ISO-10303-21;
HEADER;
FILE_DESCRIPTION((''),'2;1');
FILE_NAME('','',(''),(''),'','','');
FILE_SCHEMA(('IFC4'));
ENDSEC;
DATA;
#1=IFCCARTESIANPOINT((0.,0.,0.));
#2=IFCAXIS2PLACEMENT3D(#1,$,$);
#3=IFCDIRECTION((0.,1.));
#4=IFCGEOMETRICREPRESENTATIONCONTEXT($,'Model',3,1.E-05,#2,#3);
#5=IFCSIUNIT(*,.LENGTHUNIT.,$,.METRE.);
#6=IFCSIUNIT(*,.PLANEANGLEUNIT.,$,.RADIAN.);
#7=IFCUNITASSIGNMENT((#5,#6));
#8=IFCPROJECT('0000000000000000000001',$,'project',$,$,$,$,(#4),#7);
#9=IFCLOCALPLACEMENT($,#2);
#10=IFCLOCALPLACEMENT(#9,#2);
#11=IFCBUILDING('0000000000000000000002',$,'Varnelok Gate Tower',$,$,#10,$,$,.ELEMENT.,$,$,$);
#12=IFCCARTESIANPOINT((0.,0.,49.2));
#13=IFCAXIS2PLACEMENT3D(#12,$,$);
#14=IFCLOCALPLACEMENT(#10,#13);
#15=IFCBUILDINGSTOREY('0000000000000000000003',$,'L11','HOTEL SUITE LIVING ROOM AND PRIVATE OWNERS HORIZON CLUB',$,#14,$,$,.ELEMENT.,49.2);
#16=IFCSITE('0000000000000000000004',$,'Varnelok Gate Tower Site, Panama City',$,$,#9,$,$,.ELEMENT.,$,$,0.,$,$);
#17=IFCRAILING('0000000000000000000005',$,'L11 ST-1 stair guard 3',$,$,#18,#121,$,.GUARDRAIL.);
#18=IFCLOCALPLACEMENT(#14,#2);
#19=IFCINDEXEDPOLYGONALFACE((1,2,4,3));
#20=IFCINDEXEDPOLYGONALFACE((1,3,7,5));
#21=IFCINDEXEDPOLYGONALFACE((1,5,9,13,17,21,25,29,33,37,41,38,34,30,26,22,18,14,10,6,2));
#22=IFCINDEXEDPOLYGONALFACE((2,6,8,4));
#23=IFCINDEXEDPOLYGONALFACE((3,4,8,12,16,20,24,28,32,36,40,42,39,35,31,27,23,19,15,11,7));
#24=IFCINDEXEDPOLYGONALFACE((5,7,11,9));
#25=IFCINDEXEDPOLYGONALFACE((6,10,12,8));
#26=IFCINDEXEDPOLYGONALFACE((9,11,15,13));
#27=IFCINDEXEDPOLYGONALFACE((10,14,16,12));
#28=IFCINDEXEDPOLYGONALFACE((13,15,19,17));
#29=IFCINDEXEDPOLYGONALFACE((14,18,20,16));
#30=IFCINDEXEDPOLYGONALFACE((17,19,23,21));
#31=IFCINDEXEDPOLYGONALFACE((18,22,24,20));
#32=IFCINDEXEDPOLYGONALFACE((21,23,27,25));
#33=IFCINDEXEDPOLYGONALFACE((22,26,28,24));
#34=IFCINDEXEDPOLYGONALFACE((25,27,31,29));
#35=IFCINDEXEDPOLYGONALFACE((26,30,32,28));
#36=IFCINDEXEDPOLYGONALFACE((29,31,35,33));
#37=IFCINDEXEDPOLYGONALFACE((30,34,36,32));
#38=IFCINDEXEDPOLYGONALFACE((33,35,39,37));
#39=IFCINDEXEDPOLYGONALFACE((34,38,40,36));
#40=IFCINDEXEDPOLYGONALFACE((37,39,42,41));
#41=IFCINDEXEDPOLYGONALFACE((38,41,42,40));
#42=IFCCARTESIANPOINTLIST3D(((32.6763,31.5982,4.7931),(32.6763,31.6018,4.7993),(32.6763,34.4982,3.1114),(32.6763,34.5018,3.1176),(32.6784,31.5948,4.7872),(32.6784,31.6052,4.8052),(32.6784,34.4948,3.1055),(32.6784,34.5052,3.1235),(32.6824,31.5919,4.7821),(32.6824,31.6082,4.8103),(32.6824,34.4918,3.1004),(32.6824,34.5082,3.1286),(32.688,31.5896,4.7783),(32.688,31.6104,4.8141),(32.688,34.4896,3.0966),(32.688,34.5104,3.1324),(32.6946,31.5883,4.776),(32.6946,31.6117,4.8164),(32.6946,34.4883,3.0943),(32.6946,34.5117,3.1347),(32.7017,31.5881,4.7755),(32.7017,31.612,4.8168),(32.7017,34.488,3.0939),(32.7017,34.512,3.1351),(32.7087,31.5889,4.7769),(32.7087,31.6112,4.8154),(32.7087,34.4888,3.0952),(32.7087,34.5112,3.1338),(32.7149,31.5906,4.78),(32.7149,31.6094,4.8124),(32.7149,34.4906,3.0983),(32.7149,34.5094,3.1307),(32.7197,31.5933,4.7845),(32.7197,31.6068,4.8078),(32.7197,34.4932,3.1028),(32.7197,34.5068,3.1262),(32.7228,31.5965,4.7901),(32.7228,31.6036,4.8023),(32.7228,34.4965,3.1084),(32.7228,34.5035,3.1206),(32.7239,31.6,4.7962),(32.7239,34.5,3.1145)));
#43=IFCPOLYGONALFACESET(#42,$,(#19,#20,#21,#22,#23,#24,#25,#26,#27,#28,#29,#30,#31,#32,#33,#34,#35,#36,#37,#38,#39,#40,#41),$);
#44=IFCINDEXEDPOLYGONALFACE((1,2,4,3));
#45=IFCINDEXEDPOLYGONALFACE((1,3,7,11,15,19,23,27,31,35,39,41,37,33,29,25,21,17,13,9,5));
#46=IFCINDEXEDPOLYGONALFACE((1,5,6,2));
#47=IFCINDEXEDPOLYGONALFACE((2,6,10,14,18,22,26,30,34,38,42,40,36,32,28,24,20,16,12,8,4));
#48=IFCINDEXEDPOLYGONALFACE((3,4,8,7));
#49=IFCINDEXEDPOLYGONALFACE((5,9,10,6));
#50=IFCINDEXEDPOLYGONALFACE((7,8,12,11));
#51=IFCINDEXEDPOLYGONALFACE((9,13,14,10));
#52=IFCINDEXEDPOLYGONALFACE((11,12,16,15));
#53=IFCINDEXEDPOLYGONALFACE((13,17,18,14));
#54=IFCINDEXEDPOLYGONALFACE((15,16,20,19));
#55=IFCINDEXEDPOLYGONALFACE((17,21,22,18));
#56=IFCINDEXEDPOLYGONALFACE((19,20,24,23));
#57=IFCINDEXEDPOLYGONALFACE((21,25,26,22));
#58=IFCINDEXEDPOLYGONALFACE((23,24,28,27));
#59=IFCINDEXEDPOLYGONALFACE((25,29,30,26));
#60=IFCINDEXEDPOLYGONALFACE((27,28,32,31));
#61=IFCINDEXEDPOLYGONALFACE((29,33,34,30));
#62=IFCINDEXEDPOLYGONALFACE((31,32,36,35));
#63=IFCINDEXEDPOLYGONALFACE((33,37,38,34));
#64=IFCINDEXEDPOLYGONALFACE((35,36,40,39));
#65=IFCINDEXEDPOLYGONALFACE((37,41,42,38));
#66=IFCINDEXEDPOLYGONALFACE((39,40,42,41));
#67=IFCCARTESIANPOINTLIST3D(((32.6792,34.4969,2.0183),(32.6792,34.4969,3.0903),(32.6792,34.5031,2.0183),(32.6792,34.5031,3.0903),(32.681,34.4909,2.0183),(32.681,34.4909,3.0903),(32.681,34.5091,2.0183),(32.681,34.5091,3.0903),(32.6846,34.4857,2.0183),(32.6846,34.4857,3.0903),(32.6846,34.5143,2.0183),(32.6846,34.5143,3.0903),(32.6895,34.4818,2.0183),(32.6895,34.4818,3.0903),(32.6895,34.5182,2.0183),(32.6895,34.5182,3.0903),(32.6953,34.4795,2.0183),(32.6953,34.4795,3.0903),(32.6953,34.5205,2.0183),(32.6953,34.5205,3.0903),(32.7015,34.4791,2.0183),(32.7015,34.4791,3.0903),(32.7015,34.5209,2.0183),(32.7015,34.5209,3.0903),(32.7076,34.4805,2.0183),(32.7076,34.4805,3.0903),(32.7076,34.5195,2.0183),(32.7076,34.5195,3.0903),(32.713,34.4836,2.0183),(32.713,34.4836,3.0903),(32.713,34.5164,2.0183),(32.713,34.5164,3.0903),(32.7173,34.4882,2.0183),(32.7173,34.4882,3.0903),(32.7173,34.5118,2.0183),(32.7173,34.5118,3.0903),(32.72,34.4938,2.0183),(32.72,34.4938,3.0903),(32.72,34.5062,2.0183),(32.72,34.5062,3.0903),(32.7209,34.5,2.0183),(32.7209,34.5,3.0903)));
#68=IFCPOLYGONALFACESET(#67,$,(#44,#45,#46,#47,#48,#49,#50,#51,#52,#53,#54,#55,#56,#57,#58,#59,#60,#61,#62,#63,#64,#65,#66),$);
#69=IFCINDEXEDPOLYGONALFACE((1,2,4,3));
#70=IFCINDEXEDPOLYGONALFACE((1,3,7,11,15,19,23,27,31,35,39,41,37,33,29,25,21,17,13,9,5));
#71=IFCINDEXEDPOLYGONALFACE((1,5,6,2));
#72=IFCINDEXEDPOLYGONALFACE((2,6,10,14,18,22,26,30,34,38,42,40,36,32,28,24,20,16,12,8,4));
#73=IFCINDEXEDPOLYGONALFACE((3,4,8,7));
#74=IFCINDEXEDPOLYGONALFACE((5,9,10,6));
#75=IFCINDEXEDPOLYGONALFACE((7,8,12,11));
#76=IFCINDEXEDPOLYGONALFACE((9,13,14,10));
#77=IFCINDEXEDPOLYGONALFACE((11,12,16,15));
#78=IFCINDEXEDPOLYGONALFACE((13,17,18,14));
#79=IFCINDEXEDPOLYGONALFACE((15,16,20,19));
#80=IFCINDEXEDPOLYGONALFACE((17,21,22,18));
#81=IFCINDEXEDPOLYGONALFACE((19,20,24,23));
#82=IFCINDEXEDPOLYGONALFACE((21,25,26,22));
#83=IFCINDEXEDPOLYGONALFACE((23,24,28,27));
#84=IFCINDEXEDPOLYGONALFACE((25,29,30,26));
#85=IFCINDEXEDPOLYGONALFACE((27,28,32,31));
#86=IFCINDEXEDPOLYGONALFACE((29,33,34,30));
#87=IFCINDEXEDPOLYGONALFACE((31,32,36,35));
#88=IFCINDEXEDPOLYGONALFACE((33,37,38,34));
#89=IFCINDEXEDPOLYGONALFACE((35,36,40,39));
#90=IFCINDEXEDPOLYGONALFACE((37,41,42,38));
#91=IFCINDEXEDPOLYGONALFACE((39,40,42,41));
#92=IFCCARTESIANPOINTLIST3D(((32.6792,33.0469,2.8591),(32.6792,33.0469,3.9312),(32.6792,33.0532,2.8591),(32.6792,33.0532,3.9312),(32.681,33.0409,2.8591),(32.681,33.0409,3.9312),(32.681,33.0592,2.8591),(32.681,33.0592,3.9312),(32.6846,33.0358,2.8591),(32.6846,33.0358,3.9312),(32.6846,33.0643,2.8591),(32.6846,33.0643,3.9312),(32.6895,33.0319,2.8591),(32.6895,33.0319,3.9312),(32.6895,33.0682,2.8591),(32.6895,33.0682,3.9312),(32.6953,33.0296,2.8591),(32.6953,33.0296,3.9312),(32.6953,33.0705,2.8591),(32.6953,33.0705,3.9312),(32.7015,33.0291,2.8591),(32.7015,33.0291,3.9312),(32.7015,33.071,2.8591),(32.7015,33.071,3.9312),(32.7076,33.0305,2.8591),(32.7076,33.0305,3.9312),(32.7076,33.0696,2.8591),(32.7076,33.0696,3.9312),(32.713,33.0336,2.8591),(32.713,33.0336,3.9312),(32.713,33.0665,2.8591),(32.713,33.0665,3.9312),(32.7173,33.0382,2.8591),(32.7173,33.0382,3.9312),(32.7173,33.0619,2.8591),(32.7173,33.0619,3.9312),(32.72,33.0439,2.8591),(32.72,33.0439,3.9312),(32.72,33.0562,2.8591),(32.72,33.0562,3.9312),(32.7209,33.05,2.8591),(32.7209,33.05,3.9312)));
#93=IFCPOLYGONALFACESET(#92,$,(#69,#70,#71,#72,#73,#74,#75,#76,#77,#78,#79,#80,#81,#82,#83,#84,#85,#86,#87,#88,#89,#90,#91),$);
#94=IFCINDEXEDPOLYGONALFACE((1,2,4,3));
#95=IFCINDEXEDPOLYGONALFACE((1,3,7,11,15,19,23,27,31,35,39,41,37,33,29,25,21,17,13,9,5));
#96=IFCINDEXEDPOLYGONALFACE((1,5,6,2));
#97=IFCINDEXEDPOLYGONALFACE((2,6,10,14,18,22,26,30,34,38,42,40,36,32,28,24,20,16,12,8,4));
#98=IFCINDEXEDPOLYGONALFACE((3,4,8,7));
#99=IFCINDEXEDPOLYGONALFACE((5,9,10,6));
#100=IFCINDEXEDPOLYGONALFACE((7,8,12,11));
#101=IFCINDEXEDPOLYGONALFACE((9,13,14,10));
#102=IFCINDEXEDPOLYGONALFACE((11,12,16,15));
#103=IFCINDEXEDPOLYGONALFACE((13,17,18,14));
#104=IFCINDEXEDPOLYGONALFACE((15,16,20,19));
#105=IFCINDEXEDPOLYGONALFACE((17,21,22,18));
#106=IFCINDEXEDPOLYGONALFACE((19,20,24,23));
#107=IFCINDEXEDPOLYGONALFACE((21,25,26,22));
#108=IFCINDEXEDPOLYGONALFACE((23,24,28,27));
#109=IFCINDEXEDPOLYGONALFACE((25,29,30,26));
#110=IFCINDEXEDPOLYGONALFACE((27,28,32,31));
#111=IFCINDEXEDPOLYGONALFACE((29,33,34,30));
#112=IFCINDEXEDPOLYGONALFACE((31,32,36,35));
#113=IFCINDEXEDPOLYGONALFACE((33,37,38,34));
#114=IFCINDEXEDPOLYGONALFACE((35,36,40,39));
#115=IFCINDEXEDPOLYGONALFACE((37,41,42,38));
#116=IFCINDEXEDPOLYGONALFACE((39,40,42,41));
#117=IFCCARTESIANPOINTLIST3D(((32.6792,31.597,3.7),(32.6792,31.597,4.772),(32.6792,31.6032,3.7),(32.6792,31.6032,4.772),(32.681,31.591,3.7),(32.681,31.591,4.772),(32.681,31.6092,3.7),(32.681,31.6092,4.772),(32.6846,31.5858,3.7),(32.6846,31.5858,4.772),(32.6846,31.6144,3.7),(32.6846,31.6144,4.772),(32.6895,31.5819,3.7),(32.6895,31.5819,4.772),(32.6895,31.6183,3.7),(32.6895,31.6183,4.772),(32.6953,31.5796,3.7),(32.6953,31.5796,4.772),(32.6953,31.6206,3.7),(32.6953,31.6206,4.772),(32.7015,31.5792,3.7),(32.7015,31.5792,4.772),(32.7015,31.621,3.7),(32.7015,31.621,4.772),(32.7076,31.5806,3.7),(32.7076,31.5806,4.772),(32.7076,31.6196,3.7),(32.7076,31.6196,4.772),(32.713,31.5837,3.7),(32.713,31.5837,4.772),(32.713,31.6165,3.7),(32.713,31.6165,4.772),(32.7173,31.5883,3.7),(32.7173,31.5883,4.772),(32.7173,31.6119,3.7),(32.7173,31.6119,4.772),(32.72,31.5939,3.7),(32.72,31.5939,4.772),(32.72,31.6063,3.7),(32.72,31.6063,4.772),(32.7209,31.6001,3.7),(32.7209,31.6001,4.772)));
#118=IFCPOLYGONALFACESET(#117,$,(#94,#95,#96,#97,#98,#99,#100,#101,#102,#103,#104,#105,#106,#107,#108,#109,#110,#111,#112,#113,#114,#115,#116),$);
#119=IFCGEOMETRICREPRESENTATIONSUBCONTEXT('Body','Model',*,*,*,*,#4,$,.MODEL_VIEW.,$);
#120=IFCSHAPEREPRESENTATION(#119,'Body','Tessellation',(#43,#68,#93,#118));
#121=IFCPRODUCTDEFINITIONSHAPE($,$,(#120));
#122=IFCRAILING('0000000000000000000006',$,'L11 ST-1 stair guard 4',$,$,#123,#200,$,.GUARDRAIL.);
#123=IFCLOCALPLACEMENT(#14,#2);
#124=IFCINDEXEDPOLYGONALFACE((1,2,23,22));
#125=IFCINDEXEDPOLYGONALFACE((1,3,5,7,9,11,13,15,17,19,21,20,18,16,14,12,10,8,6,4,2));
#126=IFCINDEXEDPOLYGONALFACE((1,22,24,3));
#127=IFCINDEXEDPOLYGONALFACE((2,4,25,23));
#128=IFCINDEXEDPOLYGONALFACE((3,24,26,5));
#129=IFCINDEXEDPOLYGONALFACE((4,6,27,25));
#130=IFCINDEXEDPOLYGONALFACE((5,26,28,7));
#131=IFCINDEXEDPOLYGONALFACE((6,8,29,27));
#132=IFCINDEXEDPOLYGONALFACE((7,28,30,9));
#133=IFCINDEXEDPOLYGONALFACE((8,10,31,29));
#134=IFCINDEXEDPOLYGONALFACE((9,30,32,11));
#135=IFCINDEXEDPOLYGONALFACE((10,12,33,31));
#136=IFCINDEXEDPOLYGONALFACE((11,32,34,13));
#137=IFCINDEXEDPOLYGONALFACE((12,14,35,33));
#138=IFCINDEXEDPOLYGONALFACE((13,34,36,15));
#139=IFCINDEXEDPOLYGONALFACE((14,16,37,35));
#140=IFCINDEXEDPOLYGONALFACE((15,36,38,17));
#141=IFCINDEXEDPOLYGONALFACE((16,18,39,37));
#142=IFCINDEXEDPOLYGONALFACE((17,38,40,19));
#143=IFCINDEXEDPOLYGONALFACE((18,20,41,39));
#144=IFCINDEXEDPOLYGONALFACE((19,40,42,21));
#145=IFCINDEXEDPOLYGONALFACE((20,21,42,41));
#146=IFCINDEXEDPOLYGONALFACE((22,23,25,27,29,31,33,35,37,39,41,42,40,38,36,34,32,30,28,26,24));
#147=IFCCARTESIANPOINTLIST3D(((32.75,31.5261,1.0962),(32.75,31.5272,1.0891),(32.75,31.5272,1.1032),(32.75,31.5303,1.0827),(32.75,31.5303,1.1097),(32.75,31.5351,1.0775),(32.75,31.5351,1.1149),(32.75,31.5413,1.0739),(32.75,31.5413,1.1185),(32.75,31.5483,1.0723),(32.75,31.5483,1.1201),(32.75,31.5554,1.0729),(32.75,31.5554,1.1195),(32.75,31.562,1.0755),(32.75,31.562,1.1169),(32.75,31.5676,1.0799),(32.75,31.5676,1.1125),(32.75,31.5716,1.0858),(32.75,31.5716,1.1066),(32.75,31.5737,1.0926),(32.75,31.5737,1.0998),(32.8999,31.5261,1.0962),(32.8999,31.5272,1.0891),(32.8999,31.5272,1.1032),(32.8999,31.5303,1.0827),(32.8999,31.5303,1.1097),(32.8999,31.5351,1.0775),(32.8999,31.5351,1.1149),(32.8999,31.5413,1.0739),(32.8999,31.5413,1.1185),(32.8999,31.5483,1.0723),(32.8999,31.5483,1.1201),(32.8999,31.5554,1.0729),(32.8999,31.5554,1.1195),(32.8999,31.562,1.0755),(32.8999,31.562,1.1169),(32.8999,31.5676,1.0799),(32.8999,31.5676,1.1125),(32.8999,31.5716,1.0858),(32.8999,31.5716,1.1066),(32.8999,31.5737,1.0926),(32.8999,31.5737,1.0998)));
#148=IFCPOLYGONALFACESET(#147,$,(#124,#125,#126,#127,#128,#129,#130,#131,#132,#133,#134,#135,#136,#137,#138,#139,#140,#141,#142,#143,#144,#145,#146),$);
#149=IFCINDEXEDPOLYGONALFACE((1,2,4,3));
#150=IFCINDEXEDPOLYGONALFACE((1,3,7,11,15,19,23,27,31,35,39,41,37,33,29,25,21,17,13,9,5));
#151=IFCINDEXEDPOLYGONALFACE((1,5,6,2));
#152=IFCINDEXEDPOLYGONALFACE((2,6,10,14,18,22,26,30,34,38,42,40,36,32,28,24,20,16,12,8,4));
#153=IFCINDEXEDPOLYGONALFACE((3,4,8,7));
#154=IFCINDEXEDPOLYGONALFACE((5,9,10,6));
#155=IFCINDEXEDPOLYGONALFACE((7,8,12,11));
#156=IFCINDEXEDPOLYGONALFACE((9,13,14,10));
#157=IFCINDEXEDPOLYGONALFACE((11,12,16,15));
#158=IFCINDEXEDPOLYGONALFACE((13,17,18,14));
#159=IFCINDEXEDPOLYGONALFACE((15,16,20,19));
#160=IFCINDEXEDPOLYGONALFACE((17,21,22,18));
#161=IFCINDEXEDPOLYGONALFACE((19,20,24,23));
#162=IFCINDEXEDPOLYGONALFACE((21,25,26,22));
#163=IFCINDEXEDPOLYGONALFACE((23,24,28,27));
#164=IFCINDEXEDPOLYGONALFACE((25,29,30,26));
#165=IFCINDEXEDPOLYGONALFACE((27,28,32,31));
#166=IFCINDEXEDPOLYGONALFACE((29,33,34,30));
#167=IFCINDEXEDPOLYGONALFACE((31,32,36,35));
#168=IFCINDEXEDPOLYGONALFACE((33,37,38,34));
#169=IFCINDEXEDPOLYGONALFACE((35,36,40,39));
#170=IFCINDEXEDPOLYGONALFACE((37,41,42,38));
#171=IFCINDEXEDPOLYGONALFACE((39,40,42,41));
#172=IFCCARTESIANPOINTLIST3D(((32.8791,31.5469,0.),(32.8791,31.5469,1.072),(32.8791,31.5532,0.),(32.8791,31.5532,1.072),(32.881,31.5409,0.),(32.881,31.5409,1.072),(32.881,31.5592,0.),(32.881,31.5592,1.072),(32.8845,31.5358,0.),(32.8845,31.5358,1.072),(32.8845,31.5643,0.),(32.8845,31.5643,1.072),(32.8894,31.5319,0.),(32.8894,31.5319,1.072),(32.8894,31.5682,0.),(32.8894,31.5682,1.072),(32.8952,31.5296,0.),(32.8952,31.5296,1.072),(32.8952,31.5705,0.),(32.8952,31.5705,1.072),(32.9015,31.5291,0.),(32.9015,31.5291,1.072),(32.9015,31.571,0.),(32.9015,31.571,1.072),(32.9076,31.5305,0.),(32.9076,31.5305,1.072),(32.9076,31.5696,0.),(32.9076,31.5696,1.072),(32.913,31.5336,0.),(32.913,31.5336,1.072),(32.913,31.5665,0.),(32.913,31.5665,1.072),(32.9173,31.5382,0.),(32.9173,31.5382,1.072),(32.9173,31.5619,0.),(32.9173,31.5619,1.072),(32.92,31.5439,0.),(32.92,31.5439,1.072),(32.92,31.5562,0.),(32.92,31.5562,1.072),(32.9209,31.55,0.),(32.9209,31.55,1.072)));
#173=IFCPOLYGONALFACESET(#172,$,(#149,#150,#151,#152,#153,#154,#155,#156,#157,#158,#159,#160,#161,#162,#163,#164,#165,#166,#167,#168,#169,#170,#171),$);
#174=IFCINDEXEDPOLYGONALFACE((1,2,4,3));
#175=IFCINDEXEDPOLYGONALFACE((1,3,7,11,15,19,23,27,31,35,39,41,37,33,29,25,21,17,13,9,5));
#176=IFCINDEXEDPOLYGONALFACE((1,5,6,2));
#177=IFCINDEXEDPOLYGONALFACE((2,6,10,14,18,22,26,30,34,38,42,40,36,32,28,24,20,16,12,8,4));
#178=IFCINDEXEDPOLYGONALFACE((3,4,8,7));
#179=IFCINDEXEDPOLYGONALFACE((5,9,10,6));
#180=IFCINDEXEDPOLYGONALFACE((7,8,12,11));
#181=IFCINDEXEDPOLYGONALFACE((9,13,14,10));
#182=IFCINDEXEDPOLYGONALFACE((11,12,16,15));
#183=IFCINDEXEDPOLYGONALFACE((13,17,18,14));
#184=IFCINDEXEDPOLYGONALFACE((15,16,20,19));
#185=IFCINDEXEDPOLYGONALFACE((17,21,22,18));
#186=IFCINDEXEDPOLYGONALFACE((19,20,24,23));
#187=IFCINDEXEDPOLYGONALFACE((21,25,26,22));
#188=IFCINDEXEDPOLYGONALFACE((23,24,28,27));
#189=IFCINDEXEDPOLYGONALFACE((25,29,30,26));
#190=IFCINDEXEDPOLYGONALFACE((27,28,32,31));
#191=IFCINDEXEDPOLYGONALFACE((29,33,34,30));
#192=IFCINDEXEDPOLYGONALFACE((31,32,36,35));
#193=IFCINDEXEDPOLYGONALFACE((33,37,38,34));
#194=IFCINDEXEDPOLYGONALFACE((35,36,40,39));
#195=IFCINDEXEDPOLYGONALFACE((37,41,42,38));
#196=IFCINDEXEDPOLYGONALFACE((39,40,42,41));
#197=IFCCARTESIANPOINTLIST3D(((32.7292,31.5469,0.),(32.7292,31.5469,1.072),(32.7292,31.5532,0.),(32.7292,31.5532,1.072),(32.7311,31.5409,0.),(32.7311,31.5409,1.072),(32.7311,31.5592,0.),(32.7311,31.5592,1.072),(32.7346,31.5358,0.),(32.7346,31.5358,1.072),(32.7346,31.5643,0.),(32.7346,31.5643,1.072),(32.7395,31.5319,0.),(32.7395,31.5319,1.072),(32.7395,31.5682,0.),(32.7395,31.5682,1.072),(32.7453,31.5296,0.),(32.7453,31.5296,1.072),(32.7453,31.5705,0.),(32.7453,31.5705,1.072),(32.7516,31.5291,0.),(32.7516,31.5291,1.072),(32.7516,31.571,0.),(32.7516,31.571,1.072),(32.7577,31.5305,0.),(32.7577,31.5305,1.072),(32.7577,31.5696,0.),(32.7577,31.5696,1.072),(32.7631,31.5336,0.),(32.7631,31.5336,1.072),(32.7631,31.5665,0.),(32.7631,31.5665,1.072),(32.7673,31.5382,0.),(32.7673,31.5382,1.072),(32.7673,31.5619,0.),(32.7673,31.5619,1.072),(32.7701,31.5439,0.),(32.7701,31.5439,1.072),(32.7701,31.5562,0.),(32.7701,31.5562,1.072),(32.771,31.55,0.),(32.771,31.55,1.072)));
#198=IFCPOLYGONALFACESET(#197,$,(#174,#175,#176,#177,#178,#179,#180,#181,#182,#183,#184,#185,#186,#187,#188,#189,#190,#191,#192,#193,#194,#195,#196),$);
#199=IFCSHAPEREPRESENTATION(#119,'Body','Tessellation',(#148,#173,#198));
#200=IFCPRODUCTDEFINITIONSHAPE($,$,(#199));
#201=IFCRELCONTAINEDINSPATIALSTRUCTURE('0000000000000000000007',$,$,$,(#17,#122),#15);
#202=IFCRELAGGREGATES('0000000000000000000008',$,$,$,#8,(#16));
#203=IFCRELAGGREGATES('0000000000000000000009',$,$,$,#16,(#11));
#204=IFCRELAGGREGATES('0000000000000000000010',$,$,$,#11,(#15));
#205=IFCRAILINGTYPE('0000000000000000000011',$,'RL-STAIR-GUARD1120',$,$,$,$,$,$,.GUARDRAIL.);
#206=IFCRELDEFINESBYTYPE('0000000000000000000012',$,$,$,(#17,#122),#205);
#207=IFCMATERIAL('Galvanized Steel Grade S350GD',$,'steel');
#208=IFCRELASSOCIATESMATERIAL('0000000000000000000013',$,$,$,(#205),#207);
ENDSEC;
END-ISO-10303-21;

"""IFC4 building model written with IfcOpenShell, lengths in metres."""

from ifc_helpers import new_model, si_unit, direction, frame, origin, origin_2d, place, context, subcontext, project, spatial, circle, extrude, material, type_object, element, save


model = new_model("IFC4")

# Units and contexts
model_context = context("Model", 3, precision=1e-05, world=origin(), true_north=direction((0.0, 1.0)))
body_context = subcontext(model_context, "Body", "Model", "MODEL_VIEW")
ifc_project = project(units=[si_unit("LENGTHUNIT", "METRE"), si_unit("PLANEANGLEUNIT", "RADIAN")], contexts=[model_context])

# Site, building, storey
site_placement = place(None, origin())
site = spatial("IfcSite", under=ifc_project, at=site_placement, Name="Varnelok Gate Tower Site, Panama City", CompositionType="ELEMENT", RefElevation=0.0)
building_placement = place(site_placement, origin())
building = spatial("IfcBuilding", under=site, at=building_placement, Name="Varnelok Gate Tower", CompositionType="ELEMENT")
storey_placement = place(building_placement, frame((0.0, 0.0, 49.2)))
storey = spatial("IfcBuildingStorey", under=building, at=storey_placement, Name="L11", Description="HOTEL SUITE LIVING ROOM AND PRIVATE OWNERS HORIZON CLUB", CompositionType="ELEMENT", Elevation=49.2)

# Shared definitions
ifc_material_1 = material(Name="Galvanized Steel Grade S350GD", Category="steel")

# Railings
railing_type_1 = type_object("IfcRailingType", Name="RL-STAIR-GUARD1120", PredefinedType="GUARDRAIL", material=ifc_material_1)
railing_1_placement = place(storey_placement, frame((32.7, 34.5, 2.0183)))
element("IfcRailing", 1, at=railing_1_placement, inside=storey, type_object=railing_type_1, Name="L11 ST-1 stair guard 3", PredefinedType="GUARDRAIL", context=body_context, shape_type="SweptSolid", body=[
    extrude(circle(Radius=0.0239, at=origin_2d()), frame((0.0, 0.0, 1.0962), z_axis=(0.0, -0.86507, 0.501651), x_axis=(1.0, 0.0, 0.0)), (0.0, 0.0, 1.0), 3.3523),
    extrude(circle(Radius=0.021, at=origin_2d()), origin(), (0.0, 0.0, 1.0), 1.072),
    extrude(circle(Radius=0.021, at=origin_2d()), frame((0.0, -1.45, 0.8408)), (0.0, 0.0, 1.0), 1.072),
    extrude(circle(Radius=0.021, at=origin_2d()), frame((0.0, -2.8999, 1.6816)), (0.0, 0.0, 1.0), 1.072),
])
railing_2_placement = place(storey_placement, frame((32.8999, 31.55, 0.0)))
element("IfcRailing", 2, at=railing_2_placement, inside=storey, type_object=railing_type_1, Name="L11 ST-1 stair guard 4", PredefinedType="GUARDRAIL", context=body_context, shape_type="SweptSolid", body=[
    extrude(circle(Radius=0.0239, at=origin_2d()), frame((0.0, 0.0, 1.0962), z_axis=(-1.0, 0.0, 0.0), x_axis=(0.0, -1.0, 0.0)), (0.0, 0.0, 1.0), 0.1499),
    extrude(circle(Radius=0.021, at=origin_2d()), origin(), (0.0, 0.0, 1.0), 1.072),
    extrude(circle(Radius=0.021, at=origin_2d()), frame((-0.1499, 0.0, 0.0)), (0.0, 0.0, 1.0), 1.072),
])

save(model, "model.ifc")
